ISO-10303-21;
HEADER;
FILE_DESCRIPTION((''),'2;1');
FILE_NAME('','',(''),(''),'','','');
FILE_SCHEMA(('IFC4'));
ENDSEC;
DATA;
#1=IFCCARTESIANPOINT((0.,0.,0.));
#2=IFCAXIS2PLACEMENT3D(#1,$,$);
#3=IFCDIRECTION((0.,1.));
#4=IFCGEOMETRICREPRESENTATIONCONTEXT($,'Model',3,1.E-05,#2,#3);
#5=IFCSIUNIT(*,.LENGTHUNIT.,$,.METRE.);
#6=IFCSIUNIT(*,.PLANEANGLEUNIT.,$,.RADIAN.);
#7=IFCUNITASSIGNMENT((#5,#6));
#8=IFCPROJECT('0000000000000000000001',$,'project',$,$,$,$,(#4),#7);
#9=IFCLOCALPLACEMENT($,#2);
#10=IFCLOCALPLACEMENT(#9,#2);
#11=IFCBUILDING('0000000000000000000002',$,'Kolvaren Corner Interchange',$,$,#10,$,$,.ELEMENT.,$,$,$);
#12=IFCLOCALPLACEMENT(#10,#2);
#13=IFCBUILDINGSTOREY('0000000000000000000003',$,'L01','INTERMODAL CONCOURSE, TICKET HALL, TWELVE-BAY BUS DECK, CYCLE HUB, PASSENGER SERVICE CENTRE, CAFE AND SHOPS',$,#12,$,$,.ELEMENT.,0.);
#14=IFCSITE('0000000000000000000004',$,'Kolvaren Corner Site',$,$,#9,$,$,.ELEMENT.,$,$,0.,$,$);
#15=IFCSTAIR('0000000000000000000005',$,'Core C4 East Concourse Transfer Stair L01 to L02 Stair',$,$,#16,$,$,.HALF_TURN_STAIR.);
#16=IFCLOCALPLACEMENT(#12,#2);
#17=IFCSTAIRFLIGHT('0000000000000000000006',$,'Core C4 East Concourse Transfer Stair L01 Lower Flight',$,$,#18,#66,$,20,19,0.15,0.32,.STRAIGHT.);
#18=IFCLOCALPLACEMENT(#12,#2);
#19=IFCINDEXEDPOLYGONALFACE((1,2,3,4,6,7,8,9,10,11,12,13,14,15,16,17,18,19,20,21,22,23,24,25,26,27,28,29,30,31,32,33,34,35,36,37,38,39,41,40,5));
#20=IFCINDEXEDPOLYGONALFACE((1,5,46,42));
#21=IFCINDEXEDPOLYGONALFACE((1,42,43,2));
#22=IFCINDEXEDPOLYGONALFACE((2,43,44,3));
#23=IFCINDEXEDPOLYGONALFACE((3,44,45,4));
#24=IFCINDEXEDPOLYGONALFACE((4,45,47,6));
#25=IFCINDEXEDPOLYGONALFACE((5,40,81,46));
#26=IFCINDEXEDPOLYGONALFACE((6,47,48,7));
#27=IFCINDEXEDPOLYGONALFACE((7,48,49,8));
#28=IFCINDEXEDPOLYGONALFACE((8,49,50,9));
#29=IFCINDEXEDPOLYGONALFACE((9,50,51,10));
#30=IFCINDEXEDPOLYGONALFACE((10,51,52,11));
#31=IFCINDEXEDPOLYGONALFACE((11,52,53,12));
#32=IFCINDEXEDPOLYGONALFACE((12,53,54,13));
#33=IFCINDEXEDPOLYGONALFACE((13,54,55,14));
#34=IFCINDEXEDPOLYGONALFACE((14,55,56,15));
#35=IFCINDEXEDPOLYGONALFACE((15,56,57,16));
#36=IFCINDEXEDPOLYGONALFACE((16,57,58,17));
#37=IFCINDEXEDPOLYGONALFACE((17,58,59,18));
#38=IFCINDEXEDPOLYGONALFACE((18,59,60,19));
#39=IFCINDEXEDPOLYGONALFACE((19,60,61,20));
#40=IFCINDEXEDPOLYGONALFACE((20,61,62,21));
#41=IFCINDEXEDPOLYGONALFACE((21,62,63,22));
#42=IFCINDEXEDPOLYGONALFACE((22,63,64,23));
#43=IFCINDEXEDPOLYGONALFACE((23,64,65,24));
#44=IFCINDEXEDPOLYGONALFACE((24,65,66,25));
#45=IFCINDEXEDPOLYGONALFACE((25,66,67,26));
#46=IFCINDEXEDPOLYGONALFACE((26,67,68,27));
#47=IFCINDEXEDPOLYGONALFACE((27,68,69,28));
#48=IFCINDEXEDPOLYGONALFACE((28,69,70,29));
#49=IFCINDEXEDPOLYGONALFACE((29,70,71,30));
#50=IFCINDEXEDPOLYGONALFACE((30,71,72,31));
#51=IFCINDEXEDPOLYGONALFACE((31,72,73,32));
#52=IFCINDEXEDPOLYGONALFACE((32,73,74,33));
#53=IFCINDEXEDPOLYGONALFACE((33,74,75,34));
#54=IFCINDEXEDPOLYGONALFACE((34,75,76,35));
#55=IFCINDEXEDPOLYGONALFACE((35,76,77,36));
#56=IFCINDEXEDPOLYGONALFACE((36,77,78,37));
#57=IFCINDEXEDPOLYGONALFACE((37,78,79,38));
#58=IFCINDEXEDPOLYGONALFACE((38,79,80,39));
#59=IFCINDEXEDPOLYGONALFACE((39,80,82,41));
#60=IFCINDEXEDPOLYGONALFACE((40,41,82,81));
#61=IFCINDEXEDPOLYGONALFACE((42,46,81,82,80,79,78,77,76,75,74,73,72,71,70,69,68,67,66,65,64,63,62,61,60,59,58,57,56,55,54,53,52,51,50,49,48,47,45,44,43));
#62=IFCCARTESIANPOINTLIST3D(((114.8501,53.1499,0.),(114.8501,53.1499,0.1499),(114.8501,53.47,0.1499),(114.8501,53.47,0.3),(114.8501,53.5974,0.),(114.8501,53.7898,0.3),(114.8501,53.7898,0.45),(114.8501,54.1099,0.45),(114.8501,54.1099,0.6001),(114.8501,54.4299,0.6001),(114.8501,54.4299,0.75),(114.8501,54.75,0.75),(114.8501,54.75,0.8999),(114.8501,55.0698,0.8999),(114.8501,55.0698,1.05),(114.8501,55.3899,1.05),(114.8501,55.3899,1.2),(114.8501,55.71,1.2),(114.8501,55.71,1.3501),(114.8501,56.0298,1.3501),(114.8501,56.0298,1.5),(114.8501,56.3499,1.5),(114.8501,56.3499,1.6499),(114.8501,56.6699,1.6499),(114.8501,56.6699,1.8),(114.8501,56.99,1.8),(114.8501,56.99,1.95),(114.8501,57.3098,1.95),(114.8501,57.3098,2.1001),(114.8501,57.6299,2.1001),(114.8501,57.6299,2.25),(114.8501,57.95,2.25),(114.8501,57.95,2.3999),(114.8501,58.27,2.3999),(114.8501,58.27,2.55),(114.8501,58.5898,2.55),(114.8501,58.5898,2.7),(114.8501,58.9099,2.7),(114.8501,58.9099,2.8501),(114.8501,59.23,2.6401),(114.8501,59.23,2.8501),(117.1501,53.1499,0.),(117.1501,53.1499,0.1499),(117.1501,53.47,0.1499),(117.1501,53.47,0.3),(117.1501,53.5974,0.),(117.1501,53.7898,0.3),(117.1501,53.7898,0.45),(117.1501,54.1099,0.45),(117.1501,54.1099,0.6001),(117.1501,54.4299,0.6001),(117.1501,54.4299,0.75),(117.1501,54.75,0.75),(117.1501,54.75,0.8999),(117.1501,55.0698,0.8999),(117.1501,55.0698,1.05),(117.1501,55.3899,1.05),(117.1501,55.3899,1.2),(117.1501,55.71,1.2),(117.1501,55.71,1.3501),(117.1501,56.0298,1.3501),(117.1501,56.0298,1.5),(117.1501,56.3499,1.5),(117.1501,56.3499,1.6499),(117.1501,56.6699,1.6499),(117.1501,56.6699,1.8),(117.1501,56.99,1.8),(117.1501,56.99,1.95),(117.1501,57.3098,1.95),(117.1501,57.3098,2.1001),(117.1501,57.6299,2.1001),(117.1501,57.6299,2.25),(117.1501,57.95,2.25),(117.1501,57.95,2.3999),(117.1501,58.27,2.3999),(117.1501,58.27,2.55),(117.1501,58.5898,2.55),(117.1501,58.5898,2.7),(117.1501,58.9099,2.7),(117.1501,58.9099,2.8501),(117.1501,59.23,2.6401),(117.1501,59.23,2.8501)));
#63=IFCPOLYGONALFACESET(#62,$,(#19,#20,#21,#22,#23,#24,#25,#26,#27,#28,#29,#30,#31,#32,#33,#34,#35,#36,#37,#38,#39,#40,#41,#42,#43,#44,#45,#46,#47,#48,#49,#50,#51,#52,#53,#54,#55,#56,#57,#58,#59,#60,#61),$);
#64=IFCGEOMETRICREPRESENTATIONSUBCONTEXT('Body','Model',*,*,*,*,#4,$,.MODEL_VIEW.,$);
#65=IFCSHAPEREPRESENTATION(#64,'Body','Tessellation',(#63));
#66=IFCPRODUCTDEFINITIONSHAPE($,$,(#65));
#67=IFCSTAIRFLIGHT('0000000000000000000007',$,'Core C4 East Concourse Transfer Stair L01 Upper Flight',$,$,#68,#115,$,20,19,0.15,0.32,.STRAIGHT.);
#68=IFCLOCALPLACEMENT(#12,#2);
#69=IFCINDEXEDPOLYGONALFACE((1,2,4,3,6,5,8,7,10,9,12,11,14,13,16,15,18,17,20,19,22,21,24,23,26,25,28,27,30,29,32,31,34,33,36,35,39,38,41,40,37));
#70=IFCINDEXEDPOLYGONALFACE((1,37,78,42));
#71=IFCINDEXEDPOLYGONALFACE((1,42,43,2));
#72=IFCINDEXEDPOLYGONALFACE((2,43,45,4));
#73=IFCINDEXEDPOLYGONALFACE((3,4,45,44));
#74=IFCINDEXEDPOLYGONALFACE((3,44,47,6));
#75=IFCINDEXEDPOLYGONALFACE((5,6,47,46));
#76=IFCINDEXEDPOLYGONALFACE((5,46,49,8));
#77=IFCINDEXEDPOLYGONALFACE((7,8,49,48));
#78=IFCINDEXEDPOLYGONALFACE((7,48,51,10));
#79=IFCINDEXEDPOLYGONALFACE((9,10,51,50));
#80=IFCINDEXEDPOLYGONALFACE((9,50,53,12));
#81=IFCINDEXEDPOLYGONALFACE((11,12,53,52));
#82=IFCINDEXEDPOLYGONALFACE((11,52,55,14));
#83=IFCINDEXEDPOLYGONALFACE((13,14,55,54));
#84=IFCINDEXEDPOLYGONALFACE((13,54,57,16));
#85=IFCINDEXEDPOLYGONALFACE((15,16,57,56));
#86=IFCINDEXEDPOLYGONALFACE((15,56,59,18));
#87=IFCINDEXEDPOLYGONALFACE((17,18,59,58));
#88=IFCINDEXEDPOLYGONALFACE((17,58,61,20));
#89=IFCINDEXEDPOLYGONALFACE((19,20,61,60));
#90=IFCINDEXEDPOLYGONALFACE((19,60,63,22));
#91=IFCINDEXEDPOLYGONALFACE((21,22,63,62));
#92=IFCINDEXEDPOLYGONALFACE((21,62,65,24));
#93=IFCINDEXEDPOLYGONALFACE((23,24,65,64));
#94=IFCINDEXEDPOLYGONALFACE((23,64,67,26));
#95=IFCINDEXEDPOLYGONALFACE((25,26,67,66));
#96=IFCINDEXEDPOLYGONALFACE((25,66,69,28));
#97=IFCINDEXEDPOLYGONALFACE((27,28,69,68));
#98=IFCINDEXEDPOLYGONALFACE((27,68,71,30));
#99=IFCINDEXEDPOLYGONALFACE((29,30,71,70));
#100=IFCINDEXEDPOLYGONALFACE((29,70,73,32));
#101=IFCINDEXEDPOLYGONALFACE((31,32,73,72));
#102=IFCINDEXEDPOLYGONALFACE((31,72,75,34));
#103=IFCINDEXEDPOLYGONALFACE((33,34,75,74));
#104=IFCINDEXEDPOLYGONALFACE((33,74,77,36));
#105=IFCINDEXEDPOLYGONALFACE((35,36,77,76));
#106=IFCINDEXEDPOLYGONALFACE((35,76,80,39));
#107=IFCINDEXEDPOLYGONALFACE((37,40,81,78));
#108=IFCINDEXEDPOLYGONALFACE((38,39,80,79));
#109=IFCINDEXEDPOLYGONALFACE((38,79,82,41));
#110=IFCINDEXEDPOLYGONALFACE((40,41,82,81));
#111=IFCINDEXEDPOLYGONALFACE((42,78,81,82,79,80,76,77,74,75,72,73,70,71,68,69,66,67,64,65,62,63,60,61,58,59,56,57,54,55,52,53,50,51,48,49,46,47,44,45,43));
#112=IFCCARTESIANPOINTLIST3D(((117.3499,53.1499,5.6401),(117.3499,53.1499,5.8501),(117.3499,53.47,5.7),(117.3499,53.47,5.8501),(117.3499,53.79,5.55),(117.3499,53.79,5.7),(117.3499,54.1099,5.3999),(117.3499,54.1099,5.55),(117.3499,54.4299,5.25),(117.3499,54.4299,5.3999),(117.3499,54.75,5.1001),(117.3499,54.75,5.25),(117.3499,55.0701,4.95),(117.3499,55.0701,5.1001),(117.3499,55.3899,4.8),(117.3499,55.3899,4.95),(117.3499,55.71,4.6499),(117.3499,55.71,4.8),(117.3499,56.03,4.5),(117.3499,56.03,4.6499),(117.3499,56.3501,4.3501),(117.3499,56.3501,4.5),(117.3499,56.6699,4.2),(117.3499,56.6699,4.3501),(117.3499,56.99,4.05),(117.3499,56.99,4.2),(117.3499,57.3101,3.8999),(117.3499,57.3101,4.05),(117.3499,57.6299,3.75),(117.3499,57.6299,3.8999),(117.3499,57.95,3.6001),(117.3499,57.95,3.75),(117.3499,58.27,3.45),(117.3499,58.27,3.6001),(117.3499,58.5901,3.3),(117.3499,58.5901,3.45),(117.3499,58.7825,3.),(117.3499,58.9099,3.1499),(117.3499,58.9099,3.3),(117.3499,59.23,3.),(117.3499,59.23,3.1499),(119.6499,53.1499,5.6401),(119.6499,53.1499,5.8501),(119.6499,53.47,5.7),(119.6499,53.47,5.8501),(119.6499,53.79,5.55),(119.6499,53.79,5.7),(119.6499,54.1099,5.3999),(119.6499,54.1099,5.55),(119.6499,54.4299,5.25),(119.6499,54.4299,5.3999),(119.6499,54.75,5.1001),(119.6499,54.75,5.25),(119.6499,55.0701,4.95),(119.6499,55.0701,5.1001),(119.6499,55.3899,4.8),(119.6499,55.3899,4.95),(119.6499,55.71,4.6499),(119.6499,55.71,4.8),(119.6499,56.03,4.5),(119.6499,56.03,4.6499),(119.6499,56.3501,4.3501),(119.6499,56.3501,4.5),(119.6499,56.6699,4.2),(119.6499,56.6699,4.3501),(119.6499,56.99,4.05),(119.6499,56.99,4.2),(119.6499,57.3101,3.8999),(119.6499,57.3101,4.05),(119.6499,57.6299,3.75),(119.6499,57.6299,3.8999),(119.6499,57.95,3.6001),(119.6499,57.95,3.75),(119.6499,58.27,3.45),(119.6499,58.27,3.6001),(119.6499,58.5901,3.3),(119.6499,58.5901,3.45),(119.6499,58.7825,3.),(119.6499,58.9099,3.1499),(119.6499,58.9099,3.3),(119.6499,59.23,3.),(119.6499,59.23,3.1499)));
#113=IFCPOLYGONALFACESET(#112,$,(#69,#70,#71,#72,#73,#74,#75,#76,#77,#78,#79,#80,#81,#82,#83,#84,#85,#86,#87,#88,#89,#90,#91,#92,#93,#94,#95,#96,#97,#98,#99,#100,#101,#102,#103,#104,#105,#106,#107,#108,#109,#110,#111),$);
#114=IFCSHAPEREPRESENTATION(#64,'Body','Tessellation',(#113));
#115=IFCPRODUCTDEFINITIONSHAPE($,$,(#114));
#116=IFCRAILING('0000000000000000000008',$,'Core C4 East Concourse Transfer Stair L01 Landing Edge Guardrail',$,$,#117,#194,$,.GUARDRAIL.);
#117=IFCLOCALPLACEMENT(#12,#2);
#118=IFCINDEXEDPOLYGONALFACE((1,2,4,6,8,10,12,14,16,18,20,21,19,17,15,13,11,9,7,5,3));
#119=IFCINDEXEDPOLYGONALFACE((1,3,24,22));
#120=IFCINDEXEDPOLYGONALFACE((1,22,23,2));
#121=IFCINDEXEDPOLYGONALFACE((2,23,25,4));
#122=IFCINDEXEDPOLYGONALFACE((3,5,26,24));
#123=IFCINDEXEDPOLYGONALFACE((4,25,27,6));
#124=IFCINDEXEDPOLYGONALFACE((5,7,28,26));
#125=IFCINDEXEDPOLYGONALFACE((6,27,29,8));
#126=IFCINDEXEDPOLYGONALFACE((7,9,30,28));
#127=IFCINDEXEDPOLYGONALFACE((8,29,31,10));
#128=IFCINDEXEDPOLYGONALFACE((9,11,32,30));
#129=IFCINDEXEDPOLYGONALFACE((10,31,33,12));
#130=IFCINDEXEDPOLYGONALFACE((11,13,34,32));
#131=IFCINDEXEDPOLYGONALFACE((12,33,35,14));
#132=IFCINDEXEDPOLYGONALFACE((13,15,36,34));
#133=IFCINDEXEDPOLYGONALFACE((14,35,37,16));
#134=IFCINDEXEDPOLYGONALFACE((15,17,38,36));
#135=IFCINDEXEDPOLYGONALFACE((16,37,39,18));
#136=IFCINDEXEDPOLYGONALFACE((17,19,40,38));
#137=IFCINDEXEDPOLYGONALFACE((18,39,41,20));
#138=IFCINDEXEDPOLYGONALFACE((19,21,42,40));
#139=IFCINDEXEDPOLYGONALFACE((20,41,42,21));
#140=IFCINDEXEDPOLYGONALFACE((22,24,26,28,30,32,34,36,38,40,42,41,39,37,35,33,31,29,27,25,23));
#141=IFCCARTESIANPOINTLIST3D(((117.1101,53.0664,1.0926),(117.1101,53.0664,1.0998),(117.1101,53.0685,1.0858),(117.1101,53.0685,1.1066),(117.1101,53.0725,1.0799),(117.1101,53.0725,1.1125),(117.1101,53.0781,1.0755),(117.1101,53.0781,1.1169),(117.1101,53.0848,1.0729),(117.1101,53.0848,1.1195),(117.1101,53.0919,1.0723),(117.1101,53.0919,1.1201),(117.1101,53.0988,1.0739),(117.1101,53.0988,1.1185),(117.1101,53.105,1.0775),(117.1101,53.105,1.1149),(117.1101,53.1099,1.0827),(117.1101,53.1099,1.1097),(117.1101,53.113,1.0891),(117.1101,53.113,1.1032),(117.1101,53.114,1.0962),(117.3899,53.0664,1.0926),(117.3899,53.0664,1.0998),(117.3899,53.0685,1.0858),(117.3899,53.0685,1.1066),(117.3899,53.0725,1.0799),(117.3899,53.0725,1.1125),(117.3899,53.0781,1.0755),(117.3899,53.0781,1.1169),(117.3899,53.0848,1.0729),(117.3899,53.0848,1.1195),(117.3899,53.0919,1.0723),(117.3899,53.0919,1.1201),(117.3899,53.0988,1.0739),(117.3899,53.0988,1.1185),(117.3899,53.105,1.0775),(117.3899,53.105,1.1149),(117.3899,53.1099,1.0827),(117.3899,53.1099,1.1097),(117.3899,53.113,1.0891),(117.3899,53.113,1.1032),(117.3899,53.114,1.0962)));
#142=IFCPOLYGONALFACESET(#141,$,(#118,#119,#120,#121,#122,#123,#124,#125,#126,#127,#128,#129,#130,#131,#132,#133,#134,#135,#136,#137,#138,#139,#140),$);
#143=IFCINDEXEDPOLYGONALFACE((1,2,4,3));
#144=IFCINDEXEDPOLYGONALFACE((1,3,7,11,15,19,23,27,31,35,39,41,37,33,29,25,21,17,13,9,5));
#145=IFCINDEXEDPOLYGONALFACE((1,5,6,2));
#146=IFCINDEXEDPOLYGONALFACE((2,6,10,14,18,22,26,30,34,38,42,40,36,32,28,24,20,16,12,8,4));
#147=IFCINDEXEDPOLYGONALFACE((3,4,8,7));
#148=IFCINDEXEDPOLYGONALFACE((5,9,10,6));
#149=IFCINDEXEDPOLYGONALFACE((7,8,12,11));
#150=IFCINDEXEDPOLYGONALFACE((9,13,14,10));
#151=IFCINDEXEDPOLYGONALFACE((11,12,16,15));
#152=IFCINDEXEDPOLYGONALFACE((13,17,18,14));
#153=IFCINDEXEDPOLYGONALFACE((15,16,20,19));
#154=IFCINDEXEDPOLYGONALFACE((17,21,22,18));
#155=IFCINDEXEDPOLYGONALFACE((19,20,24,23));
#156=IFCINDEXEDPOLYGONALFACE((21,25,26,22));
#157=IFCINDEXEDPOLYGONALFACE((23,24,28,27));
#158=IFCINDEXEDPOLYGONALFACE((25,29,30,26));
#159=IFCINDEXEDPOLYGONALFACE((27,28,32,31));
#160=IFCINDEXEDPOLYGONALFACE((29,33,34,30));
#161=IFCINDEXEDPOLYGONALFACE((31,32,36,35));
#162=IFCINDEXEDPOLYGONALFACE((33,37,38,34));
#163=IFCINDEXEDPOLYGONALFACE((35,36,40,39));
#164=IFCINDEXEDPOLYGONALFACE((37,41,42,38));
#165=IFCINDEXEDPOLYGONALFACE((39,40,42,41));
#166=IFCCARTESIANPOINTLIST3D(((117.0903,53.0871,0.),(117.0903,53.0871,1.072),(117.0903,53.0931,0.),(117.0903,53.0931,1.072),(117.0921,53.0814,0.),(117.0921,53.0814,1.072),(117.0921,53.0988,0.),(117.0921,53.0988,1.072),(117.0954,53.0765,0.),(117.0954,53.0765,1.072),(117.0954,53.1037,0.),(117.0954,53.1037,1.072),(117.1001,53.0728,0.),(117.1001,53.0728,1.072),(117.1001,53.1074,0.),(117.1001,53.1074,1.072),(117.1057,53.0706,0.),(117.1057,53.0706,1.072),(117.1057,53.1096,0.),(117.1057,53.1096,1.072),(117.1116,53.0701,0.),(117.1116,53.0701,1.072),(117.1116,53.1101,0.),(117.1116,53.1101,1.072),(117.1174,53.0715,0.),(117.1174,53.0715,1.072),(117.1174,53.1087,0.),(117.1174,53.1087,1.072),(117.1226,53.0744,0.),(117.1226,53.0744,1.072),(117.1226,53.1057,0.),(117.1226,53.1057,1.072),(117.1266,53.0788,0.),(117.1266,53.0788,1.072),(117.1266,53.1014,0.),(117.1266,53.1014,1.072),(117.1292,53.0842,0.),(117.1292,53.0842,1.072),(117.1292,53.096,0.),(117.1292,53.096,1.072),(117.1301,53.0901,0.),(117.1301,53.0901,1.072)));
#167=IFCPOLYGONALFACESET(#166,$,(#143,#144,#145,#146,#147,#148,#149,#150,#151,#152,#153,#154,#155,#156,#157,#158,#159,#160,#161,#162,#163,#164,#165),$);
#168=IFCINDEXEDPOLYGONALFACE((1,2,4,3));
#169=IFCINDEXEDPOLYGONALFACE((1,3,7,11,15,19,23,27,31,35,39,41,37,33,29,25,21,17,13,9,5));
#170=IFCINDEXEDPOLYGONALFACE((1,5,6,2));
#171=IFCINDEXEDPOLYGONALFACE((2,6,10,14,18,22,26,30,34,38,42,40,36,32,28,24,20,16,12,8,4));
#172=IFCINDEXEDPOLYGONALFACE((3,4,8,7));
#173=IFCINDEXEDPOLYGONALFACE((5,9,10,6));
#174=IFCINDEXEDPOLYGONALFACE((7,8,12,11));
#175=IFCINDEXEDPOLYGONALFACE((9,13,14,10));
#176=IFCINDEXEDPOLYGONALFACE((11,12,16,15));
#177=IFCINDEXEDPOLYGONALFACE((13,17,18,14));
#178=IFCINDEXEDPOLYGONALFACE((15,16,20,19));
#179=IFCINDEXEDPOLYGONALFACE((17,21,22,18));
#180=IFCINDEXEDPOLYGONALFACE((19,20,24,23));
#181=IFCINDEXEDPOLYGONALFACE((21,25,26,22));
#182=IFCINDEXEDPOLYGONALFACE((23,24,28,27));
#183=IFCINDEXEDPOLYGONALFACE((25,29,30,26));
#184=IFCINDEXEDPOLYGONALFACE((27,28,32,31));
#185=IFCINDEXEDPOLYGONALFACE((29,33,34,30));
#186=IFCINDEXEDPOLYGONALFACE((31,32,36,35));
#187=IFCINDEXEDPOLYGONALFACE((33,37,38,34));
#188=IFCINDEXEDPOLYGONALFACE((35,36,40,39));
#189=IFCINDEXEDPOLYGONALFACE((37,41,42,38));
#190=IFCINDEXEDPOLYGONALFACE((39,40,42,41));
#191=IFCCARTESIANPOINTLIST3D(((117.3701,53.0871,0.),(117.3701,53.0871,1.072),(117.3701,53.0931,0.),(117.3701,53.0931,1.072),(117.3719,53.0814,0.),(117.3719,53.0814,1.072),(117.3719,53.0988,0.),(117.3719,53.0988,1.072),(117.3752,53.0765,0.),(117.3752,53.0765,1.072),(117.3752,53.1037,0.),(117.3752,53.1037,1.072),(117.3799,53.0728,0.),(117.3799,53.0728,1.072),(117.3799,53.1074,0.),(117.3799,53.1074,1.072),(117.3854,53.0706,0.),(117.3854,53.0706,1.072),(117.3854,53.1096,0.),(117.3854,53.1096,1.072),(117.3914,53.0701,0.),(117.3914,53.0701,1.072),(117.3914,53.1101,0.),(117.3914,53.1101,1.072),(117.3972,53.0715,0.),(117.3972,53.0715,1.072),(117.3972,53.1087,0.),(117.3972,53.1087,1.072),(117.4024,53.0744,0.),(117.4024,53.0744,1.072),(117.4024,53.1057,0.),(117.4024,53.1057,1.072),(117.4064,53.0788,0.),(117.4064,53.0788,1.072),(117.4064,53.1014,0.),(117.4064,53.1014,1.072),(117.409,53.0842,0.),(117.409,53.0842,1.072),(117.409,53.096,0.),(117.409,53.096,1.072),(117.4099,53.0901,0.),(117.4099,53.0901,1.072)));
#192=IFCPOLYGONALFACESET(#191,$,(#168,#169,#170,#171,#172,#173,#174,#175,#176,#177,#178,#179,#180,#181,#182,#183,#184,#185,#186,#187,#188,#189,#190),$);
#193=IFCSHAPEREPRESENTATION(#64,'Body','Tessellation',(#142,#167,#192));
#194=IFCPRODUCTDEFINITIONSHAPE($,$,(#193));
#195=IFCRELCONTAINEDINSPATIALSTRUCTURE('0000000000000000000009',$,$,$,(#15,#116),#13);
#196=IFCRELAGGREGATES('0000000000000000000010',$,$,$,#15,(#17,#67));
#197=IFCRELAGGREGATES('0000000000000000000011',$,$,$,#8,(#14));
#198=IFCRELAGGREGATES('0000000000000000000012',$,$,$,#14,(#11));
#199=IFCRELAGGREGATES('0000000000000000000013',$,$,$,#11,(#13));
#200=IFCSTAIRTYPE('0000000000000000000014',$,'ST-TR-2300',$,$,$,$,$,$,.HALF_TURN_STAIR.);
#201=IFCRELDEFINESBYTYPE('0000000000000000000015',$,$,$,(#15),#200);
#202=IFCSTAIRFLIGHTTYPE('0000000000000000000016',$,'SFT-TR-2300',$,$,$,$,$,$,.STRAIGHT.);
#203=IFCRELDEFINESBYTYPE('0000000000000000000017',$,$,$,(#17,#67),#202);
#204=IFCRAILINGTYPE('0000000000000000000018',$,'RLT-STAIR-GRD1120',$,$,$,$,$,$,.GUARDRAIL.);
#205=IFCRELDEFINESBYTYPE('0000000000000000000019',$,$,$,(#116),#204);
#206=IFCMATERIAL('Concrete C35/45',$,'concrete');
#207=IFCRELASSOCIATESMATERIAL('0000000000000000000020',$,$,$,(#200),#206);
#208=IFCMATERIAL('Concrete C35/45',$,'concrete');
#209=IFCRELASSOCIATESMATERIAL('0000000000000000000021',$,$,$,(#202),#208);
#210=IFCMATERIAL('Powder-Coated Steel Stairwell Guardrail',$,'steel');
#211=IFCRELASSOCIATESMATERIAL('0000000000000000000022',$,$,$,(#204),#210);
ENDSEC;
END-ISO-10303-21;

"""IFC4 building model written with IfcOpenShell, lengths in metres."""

from ifc_helpers import new_model, si_unit, direction, frame, origin, origin_2d, place, context, subcontext, project, spatial, polyline, circle, outline, extrude, material, type_object, element, aggregate, save


model = new_model("IFC4")

# Units and contexts
model_context = context("Model", 3, precision=1e-05, world=origin(), true_north=direction((0.0, 1.0)))
body_context = subcontext(model_context, "Body", "Model", "MODEL_VIEW")
ifc_project = project(units=[si_unit("LENGTHUNIT", "METRE"), si_unit("PLANEANGLEUNIT", "RADIAN")], contexts=[model_context])

# Site, building, storey
site_placement = place(None, origin())
site = spatial("IfcSite", under=ifc_project, at=site_placement, Name="Kolvaren Corner Site", CompositionType="ELEMENT", RefElevation=0.0)
building_placement = place(site_placement, origin())
building = spatial("IfcBuilding", under=site, at=building_placement, Name="Kolvaren Corner Interchange", CompositionType="ELEMENT")
storey_placement = place(building_placement, origin())
storey = spatial("IfcBuildingStorey", under=building, at=storey_placement, Name="L01", Description="INTERMODAL CONCOURSE, TICKET HALL, TWELVE-BAY BUS DECK, CYCLE HUB, PASSENGER SERVICE CENTRE, CAFE AND SHOPS", CompositionType="ELEMENT", Elevation=0.0)

# Stair, stair flights
ifc_material_1 = material(Name="Concrete C35/45", Category="concrete")
stair_type = type_object("IfcStairType", Name="ST-TR-2300", PredefinedType="HALF_TURN_STAIR", material=ifc_material_1)
stair_placement = place(storey_placement, origin())
stair = element("IfcStair", 1, at=stair_placement, inside=storey, type_object=stair_type, Name="Core C4 East Concourse Transfer Stair L01 to L02 Stair", PredefinedType="HALF_TURN_STAIR")
ifc_material_2 = material(Name="Concrete C35/45", Category="concrete")
stair_flight_type = type_object("IfcStairFlightType", Name="SFT-TR-2300", PredefinedType="STRAIGHT", material=ifc_material_2)
stair_flight_1_placement = place(storey_placement, frame((116.0, 53.1499, 0.0), z_axis=(0.0, 0.0, 1.0), x_axis=(0.0, 1.0, 0.0)))
stair_flight_1 = element("IfcStairFlight", 2, at=stair_flight_1_placement, type_object=stair_flight_type, Name="Core C4 East Concourse Transfer Stair L01 Lower Flight", NumberOfRisers=20, NumberOfTreads=19, PredefinedType="STRAIGHT", RiserHeight=0.15, TreadLength=0.32, context=body_context, shape_type="SweptSolid", body=[
    extrude(outline(polyline([(0.0, 0.0), (0.0, 0.1499), (0.3201, 0.1499), (0.3201, 0.3), (0.6399, 0.3), (0.6399, 0.45), (0.96, 0.45), (0.96, 0.6001), (1.28, 0.6001), (1.28, 0.75), (1.6001, 0.75), (1.6001, 0.8999), (1.9199, 0.8999), (1.9199, 1.05), (2.24, 1.05), (2.24, 1.2), (2.5601, 1.2), (2.5601, 1.3501), (2.8799, 1.3501), (2.8799, 1.5), (3.2, 1.5), (3.2, 1.6499), (3.52, 1.6499), (3.52, 1.8), (3.8401, 1.8), (3.8401, 1.95), (4.1599, 1.95), (4.1599, 2.1001), (4.48, 2.1001), (4.48, 2.25), (4.8, 2.25), (4.8, 2.3999), (5.1201, 2.3999), (5.1201, 2.55), (5.4399, 2.55), (5.4399, 2.7), (5.76, 2.7), (5.76, 2.8501), (6.0801, 2.8501), (6.0801, 3.0), (6.0801, 2.6401), (0.4475, 0.0), (0.0, 0.0)])), frame((0.0, 1.1499, 0.0), z_axis=(0.0, -1.0, 0.0), x_axis=(1.0, 0.0, 0.0)), (0.0, 0.0, 1.0), 2.3),
])
stair_flight_2_placement = place(storey_placement, frame((118.5, 59.23, 3.0), z_axis=(0.0, 0.0, 1.0), x_axis=(0.0, -1.0, 0.0)))
stair_flight_2 = element("IfcStairFlight", 3, at=stair_flight_2_placement, type_object=stair_flight_type, Name="Core C4 East Concourse Transfer Stair L01 Upper Flight", NumberOfRisers=20, NumberOfTreads=19, PredefinedType="STRAIGHT", RiserHeight=0.15, TreadLength=0.32, context=body_context, shape_type="SweptSolid", body=[
    extrude(outline(polyline([(0.0, 0.0), (0.0, 0.1499), (0.3201, 0.1499), (0.3201, 0.3), (0.6399, 0.3), (0.6399, 0.45), (0.96, 0.45), (0.96, 0.6001), (1.28, 0.6001), (1.28, 0.75), (1.6001, 0.75), (1.6001, 0.8999), (1.9199, 0.8999), (1.9199, 1.05), (2.24, 1.05), (2.24, 1.2), (2.5601, 1.2), (2.5601, 1.3501), (2.8799, 1.3501), (2.8799, 1.5), (3.2, 1.5), (3.2, 1.6499), (3.52, 1.6499), (3.52, 1.8), (3.8401, 1.8), (3.8401, 1.95), (4.1599, 1.95), (4.1599, 2.1001), (4.48, 2.1001), (4.48, 2.25), (4.8, 2.25), (4.8, 2.3999), (5.1201, 2.3999), (5.1201, 2.55), (5.4399, 2.55), (5.4399, 2.7), (5.76, 2.7), (5.76, 2.8501), (6.0801, 2.8501), (6.0801, 3.0), (6.0801, 2.6401), (0.4475, 0.0), (0.0, 0.0)])), frame((0.0, 1.1499, 0.0), z_axis=(0.0, -1.0, 0.0), x_axis=(1.0, 0.0, 0.0)), (0.0, 0.0, 1.0), 2.3),
])

# Railing
ifc_material_3 = material(Name="Powder-Coated Steel Stairwell Guardrail", Category="steel")
railing_type_1 = type_object("IfcRailingType", Name="RLT-STAIR-GRD1120", PredefinedType="GUARDRAIL", material=ifc_material_3)
railing_1_placement = place(storey_placement, frame((117.1101, 53.0901, 0.0)))
element("IfcRailing", 4, at=railing_1_placement, inside=storey, type_object=railing_type_1, Name="Core C4 East Concourse Transfer Stair L01 Landing Edge Guardrail", PredefinedType="GUARDRAIL", context=body_context, shape_type="SweptSolid", body=[
    extrude(circle(Radius=0.0239, at=origin_2d()), frame((0.0, 0.0, 1.0962), z_axis=(1.0, 0.0, 0.0), x_axis=(0.0, 1.0, 0.0)), (0.0, 0.0, 1.0), 0.2798),
    extrude(circle(Radius=0.02, at=origin_2d()), origin(), (0.0, 0.0, 1.0), 1.072),
    extrude(circle(Radius=0.02, at=origin_2d()), frame((0.2798, 0.0, 0.0)), (0.0, 0.0, 1.0), 1.072),
])
aggregate(stair, [stair_flight_1, stair_flight_2])

save(model, "model.ifc")
